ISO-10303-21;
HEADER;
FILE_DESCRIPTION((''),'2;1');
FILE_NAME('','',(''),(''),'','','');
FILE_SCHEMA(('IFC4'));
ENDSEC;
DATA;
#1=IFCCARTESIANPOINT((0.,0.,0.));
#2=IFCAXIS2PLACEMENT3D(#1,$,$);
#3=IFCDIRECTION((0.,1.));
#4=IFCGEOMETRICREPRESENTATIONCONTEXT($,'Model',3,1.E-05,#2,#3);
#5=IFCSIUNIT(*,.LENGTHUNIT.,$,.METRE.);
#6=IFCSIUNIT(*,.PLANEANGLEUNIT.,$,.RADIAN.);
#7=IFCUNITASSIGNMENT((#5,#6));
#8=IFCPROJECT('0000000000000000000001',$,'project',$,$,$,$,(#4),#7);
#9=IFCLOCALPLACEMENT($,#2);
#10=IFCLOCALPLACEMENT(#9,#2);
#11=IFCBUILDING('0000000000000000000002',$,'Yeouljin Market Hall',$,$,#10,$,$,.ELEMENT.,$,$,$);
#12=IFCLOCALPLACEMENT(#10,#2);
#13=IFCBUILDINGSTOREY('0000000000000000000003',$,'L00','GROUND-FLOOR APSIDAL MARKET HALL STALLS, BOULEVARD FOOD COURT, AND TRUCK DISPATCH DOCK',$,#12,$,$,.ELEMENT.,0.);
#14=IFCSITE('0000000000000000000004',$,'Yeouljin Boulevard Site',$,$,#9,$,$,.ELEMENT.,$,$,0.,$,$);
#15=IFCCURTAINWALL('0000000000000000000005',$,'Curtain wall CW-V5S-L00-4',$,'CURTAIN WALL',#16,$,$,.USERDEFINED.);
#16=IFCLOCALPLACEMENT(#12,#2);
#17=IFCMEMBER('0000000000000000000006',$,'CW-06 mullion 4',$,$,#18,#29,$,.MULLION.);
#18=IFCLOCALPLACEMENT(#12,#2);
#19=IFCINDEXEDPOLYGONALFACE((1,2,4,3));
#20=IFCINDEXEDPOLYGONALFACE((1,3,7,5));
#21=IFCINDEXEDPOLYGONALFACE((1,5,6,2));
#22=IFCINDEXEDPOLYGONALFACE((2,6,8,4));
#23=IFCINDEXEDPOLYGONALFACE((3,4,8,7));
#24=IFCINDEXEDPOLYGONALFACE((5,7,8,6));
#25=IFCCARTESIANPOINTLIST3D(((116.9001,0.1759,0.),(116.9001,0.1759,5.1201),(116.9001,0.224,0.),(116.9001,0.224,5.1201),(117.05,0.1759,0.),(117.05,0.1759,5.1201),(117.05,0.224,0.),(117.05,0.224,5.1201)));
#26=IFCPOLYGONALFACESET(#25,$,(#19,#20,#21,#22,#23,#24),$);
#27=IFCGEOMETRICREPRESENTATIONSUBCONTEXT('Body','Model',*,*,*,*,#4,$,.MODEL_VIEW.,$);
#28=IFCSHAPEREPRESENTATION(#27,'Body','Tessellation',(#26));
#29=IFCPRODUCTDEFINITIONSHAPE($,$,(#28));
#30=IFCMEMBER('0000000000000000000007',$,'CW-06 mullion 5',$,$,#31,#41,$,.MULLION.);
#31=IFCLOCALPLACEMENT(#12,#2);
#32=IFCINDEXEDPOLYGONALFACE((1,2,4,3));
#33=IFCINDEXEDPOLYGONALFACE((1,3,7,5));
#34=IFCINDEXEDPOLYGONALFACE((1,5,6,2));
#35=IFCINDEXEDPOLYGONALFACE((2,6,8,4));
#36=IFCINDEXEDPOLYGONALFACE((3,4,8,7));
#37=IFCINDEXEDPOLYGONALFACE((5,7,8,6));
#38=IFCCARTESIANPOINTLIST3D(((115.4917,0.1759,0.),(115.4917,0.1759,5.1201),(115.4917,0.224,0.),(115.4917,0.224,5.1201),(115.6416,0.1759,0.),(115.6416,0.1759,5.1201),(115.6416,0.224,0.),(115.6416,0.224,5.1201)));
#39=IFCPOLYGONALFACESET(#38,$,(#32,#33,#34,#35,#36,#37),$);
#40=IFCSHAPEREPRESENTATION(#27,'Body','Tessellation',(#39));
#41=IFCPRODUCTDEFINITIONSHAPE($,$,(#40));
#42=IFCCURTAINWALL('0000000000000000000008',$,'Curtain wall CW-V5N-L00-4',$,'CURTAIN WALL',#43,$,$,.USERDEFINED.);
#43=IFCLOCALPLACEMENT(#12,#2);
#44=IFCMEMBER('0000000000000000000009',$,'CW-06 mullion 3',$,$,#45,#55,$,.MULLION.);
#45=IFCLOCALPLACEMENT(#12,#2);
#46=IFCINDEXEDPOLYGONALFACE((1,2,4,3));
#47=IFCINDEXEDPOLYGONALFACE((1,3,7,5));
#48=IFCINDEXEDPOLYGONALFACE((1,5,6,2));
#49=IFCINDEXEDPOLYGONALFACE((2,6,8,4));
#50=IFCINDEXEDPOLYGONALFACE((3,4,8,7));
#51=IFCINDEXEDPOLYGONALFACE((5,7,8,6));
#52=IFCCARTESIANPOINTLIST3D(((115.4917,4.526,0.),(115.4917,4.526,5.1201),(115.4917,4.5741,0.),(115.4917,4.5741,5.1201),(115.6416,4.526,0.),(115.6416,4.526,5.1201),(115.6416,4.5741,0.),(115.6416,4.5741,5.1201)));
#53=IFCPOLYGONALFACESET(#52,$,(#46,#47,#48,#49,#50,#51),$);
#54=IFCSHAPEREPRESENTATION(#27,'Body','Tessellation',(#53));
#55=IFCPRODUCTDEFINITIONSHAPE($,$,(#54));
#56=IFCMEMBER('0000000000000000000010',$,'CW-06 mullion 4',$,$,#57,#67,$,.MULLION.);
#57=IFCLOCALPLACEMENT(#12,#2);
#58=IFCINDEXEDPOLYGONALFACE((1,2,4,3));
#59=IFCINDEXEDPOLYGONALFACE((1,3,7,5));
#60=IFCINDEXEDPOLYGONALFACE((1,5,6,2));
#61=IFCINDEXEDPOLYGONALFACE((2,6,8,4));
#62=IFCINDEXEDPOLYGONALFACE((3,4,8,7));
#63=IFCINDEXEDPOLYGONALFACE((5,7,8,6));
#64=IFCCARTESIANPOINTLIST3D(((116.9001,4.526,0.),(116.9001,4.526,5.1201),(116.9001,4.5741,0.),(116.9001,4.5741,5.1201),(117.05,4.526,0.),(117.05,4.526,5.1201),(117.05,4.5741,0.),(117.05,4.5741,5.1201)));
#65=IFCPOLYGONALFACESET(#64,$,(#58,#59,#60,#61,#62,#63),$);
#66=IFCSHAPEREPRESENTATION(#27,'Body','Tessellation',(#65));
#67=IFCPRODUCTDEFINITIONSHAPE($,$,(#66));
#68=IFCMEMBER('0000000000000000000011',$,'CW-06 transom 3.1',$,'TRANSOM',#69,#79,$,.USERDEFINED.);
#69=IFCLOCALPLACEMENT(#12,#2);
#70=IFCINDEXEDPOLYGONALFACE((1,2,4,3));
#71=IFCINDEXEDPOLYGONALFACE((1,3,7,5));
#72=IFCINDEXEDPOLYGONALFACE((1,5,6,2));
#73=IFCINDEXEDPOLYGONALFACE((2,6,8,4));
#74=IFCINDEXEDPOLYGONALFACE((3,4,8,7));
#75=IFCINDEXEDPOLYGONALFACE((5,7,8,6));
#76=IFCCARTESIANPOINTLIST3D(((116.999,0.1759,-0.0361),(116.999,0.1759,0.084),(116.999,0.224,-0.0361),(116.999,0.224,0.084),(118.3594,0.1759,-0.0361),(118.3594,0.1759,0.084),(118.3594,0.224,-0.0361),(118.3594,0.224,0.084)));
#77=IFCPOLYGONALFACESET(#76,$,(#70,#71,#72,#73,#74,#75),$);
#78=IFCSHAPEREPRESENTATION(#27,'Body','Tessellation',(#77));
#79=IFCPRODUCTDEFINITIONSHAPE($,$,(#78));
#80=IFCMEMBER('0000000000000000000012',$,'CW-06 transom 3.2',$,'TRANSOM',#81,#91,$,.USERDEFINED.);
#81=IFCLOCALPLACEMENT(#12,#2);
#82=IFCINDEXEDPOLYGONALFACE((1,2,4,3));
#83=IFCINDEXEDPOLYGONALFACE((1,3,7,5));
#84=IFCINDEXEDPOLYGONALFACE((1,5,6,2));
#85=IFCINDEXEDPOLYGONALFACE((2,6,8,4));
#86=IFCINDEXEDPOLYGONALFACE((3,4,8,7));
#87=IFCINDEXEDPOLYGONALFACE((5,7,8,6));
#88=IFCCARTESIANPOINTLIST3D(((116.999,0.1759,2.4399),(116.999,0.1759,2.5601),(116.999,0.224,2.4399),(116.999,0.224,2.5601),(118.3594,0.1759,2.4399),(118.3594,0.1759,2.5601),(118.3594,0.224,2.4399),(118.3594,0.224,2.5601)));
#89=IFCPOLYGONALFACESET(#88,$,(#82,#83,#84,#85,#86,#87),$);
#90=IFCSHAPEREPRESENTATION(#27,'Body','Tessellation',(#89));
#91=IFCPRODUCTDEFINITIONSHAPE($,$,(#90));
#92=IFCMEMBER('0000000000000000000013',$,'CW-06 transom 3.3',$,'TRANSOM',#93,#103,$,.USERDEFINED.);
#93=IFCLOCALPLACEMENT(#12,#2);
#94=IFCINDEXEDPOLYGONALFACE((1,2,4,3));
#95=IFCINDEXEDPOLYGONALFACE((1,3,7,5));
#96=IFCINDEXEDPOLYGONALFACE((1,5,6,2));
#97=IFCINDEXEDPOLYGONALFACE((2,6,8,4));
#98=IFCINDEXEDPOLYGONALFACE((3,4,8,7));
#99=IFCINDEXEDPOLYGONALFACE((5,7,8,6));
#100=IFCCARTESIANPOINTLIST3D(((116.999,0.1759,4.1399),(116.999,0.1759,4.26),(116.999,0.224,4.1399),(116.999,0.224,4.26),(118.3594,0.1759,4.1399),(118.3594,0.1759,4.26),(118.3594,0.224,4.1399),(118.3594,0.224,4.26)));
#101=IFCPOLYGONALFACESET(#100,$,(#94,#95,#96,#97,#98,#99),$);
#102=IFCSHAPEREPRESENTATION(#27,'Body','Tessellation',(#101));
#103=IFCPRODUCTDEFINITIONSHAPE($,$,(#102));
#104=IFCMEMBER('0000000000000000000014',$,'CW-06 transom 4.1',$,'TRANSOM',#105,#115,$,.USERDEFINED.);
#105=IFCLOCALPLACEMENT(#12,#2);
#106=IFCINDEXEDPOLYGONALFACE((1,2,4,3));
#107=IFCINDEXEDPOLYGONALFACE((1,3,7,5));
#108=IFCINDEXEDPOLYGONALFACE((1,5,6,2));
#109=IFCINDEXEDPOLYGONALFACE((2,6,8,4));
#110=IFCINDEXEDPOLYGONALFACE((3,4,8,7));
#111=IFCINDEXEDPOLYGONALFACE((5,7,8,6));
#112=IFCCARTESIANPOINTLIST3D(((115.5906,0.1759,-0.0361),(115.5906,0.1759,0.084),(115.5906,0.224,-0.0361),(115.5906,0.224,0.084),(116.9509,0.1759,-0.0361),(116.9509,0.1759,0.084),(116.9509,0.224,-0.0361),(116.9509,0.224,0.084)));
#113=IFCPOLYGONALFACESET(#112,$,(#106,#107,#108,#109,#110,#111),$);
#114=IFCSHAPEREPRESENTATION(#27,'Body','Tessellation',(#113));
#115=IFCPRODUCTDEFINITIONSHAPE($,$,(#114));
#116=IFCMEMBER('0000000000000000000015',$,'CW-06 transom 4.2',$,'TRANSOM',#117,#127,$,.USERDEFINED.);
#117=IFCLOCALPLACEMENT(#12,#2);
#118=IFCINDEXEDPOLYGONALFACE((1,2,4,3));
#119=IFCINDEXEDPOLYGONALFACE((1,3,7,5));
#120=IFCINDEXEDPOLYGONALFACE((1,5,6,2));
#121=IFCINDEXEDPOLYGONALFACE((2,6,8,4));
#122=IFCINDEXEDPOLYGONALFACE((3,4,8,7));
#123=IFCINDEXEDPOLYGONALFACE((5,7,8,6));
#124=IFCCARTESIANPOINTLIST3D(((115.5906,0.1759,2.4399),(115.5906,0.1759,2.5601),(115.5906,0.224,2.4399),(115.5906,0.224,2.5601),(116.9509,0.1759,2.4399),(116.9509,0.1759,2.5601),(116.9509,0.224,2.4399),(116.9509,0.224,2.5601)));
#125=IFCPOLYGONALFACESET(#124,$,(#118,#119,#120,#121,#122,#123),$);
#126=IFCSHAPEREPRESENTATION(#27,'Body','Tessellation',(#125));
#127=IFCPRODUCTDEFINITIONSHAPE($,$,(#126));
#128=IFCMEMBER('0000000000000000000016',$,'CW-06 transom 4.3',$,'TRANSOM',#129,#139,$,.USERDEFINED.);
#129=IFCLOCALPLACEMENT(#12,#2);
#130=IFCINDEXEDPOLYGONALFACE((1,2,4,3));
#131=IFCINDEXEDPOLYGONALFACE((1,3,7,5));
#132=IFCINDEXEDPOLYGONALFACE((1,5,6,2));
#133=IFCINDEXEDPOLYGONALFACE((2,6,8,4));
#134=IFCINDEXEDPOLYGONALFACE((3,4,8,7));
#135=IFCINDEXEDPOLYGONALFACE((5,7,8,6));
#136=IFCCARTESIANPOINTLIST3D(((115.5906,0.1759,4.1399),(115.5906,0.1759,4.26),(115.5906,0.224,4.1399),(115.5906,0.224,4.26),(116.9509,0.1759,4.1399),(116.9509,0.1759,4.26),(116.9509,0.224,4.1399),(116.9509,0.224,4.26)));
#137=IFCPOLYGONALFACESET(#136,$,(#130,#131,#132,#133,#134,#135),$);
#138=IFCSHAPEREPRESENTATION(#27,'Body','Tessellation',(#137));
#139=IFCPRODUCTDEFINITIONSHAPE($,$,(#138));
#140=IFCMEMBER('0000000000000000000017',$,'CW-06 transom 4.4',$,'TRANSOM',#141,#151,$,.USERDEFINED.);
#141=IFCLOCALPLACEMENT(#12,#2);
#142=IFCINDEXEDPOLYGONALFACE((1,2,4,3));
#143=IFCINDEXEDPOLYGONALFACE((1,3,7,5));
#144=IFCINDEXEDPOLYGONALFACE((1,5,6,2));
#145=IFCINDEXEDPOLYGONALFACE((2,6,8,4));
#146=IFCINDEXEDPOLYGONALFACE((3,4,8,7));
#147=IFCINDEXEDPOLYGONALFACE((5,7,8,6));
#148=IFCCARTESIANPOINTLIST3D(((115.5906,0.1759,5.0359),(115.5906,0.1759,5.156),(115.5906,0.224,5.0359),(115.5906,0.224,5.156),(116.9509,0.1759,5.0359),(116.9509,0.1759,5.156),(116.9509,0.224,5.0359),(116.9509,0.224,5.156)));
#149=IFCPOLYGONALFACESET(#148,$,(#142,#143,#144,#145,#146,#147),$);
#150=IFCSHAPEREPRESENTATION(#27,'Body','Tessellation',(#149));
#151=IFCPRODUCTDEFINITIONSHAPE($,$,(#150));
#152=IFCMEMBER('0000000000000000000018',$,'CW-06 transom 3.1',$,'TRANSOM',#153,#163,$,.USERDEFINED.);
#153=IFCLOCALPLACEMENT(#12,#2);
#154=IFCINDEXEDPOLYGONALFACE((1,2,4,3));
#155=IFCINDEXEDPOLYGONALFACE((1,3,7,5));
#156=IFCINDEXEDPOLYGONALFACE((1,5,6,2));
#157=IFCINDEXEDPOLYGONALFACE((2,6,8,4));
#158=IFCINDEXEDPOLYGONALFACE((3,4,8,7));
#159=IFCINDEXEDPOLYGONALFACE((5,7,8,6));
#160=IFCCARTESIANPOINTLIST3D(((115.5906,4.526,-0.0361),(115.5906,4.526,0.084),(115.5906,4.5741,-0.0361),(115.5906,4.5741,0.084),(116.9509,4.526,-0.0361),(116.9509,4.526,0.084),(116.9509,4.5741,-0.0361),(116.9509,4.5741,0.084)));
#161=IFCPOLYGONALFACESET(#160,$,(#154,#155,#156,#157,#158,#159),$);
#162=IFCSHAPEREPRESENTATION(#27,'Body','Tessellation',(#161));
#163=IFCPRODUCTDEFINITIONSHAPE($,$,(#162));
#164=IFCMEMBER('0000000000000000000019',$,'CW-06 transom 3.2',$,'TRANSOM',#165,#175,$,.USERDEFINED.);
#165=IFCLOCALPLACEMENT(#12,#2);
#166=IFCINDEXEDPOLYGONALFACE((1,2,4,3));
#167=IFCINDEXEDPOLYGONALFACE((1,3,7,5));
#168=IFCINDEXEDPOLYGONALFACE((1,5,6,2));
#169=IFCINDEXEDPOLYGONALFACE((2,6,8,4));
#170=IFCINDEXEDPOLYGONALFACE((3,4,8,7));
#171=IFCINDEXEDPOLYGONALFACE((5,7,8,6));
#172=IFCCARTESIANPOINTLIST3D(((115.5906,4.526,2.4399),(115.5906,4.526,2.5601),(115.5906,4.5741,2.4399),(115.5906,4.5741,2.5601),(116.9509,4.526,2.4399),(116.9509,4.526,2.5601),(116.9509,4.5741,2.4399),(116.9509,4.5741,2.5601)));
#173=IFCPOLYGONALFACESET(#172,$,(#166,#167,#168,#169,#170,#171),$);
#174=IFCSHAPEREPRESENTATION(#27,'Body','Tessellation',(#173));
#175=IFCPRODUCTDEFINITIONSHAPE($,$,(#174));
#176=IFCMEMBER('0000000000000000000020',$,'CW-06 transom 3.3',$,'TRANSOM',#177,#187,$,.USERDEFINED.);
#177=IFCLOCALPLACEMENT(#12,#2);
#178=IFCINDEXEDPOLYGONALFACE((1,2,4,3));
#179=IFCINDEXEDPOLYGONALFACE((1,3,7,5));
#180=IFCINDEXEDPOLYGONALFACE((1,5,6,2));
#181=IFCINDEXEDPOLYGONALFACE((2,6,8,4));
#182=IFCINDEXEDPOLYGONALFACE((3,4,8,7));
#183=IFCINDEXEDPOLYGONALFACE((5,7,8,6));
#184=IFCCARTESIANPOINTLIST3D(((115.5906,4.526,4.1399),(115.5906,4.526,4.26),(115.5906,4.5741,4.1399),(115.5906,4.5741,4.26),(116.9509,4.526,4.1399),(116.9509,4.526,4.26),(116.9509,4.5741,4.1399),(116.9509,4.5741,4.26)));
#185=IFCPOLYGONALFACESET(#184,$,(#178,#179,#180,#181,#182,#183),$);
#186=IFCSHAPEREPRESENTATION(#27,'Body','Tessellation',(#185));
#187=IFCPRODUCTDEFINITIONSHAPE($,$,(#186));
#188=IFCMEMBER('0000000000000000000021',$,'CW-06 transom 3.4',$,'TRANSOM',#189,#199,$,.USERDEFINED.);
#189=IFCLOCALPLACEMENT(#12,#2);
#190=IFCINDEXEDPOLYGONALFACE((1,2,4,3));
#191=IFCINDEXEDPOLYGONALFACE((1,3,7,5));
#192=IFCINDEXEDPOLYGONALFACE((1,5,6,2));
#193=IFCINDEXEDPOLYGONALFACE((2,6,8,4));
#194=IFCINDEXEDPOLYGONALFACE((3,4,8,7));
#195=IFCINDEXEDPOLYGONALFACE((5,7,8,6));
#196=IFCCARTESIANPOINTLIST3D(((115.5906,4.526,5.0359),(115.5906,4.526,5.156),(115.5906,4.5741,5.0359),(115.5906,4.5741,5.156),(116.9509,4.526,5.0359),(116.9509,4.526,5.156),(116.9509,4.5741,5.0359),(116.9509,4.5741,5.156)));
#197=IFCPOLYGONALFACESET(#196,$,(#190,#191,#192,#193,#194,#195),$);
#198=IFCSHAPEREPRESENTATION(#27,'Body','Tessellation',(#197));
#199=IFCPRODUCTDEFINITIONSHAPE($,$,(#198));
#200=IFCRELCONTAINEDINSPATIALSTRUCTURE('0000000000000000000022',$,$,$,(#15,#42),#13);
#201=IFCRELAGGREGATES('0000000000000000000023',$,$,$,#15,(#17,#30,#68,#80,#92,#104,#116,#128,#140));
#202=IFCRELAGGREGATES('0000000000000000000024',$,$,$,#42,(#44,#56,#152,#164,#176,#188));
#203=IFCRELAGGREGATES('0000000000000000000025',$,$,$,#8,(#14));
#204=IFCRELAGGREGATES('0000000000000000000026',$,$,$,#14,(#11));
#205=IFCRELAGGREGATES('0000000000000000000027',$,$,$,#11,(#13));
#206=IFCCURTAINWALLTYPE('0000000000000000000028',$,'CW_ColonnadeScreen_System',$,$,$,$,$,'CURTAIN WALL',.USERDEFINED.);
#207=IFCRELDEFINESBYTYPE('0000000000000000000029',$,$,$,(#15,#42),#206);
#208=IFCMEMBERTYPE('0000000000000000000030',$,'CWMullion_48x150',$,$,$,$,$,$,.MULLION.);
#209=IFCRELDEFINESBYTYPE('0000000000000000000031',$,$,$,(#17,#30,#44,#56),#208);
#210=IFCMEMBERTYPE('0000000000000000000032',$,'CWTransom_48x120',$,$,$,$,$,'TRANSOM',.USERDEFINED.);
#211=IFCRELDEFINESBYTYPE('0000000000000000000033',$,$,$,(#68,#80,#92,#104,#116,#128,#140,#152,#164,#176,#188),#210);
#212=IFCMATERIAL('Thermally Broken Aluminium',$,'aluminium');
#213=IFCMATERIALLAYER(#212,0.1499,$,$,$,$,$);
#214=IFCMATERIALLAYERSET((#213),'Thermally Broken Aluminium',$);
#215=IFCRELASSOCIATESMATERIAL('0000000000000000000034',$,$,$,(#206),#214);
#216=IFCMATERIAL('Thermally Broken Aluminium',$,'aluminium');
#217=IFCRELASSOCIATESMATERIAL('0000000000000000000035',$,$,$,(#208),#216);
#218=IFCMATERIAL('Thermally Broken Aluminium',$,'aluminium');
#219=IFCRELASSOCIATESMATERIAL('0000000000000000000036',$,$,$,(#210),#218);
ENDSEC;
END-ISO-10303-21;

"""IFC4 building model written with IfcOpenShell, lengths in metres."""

from ifc_helpers import new_model, si_unit, direction, frame, origin, origin_2d, place, context, subcontext, project, spatial, rectangle, extrude, material, layer, layer_set, material_profile, profile_set, type_object, element, aggregate, save


model = new_model("IFC4")

# Units and contexts
model_context = context("Model", 3, precision=1e-05, world=origin(), true_north=direction((0.0, 1.0)))
body_context = subcontext(model_context, "Body", "Model", "MODEL_VIEW")
ifc_project = project(units=[si_unit("LENGTHUNIT", "METRE"), si_unit("PLANEANGLEUNIT", "RADIAN")], contexts=[model_context])

# Site, building, storey
site_placement = place(None, origin())
site = spatial("IfcSite", under=ifc_project, at=site_placement, Name="Yeouljin Boulevard Site", CompositionType="ELEMENT", RefElevation=0.0)
building_placement = place(site_placement, origin())
building = spatial("IfcBuilding", under=site, at=building_placement, Name="Yeouljin Market Hall", CompositionType="ELEMENT")
storey_placement = place(building_placement, origin())
storey = spatial("IfcBuildingStorey", under=building, at=storey_placement, Name="L00", Description="GROUND-FLOOR APSIDAL MARKET HALL STALLS, BOULEVARD FOOD COURT, AND TRUCK DISPATCH DOCK", CompositionType="ELEMENT", Elevation=0.0)

# Curtain walls, members
ifc_material_1 = material(Name="Thermally Broken Aluminium", Category="aluminium")
ifc_layer_1 = layer(ifc_material_1, 0.1499)
ifc_layer_set_1 = layer_set([ifc_layer_1], Name="Thermally Broken Aluminium")
curtain_wall_type = type_object("IfcCurtainWallType", Name="CW_ColonnadeScreen_System", ElementType="CURTAIN WALL", PredefinedType="USERDEFINED", material=ifc_layer_set_1)
curtain_wall_1_placement = place(storey_placement, origin())
curtain_wall_1 = element("IfcCurtainWall", 1, at=curtain_wall_1_placement, inside=storey, type_object=curtain_wall_type, Name="Curtain wall CW-V5S-L00-4", ObjectType="CURTAIN WALL", PredefinedType="USERDEFINED")
ifc_material_2 = material(Name="Thermally Broken Aluminium", Category="aluminium")
ifc_material_profile_1 = material_profile(ifc_material_2, rectangle(XDim=0.0481, YDim=0.1499, at=origin_2d()), Name="CW-MULL-48x150")
ifc_profile_set_1 = profile_set([ifc_material_profile_1], Name="Thermally Broken Aluminium")
member_type_1 = type_object("IfcMemberType", Name="CWMullion_48x150", PredefinedType="MULLION", material=ifc_profile_set_1)
member_1_placement = place(storey_placement, frame((116.9751, 0.2, 0.0), z_axis=(0.0, 0.0, 1.0), x_axis=(0.0, -1.0, 0.0)))
member_1 = element("IfcMember", 2, at=member_1_placement, type_object=member_type_1, Name="CW-06 mullion 4", PredefinedType="MULLION", context=body_context, shape_type="SweptSolid", body=[
    extrude(rectangle(XDim=0.0481, YDim=0.1499, at=origin_2d()), origin(), (0.0, 0.0, 1.0), 5.1201),
])
member_2_placement = place(storey_placement, frame((115.5667, 0.2, 0.0), z_axis=(0.0, 0.0, 1.0), x_axis=(0.0, -1.0, 0.0)))
member_2 = element("IfcMember", 3, at=member_2_placement, type_object=member_type_1, Name="CW-06 mullion 5", PredefinedType="MULLION", context=body_context, shape_type="SweptSolid", body=[
    extrude(rectangle(XDim=0.0481, YDim=0.1499, at=origin_2d()), origin(), (0.0, 0.0, 1.0), 5.1201),
])
curtain_wall_2_placement = place(storey_placement, origin())
curtain_wall_2 = element("IfcCurtainWall", 4, at=curtain_wall_2_placement, inside=storey, type_object=curtain_wall_type, Name="Curtain wall CW-V5N-L00-4", ObjectType="CURTAIN WALL", PredefinedType="USERDEFINED")
member_3_placement = place(storey_placement, frame((115.5667, 4.55, 0.0), z_axis=(0.0, 0.0, 1.0), x_axis=(0.0, 1.0, 0.0)))
member_3 = element("IfcMember", 5, at=member_3_placement, type_object=member_type_1, Name="CW-06 mullion 3", PredefinedType="MULLION", context=body_context, shape_type="SweptSolid", body=[
    extrude(rectangle(XDim=0.0481, YDim=0.1499, at=origin_2d()), origin(), (0.0, 0.0, 1.0), 5.1201),
])
member_4_placement = place(storey_placement, frame((116.9751, 4.55, 0.0), z_axis=(0.0, 0.0, 1.0), x_axis=(0.0, 1.0, 0.0)))
member_4 = element("IfcMember", 6, at=member_4_placement, type_object=member_type_1, Name="CW-06 mullion 4", PredefinedType="MULLION", context=body_context, shape_type="SweptSolid", body=[
    extrude(rectangle(XDim=0.0481, YDim=0.1499, at=origin_2d()), origin(), (0.0, 0.0, 1.0), 5.1201),
])

# Members
ifc_material_3 = material(Name="Thermally Broken Aluminium", Category="aluminium")
ifc_material_profile_2 = material_profile(ifc_material_3, rectangle(XDim=0.0481, YDim=0.1201, at=origin_2d()), Name="CW-TRAN-48x120")
ifc_profile_set_2 = profile_set([ifc_material_profile_2], Name="Thermally Broken Aluminium")
member_type_2 = type_object("IfcMemberType", Name="CWTransom_48x120", ElementType="TRANSOM", PredefinedType="USERDEFINED", material=ifc_profile_set_2)
member_5_placement = place(storey_placement, frame((118.3594, 0.2, 0.0239), z_axis=(-1.0, 0.0, 0.0), x_axis=(0.0, -1.0, 0.0)))
member_5 = element("IfcMember", 7, at=member_5_placement, type_object=member_type_2, Name="CW-06 transom 3.1", ObjectType="TRANSOM", PredefinedType="USERDEFINED", context=body_context, shape_type="SweptSolid", body=[
    extrude(rectangle(XDim=0.0481, YDim=0.1201, at=origin_2d()), origin(), (0.0, 0.0, 1.0), 1.3604),
])
member_6_placement = place(storey_placement, frame((118.3594, 0.2, 2.5), z_axis=(-1.0, 0.0, 0.0), x_axis=(0.0, -1.0, 0.0)))
member_6 = element("IfcMember", 8, at=member_6_placement, type_object=member_type_2, Name="CW-06 transom 3.2", ObjectType="TRANSOM", PredefinedType="USERDEFINED", context=body_context, shape_type="SweptSolid", body=[
    extrude(rectangle(XDim=0.0481, YDim=0.1201, at=origin_2d()), origin(), (0.0, 0.0, 1.0), 1.3604),
])
member_7_placement = place(storey_placement, frame((118.3594, 0.2, 4.2), z_axis=(-1.0, 0.0, 0.0), x_axis=(0.0, -1.0, 0.0)))
member_7 = element("IfcMember", 9, at=member_7_placement, type_object=member_type_2, Name="CW-06 transom 3.3", ObjectType="TRANSOM", PredefinedType="USERDEFINED", context=body_context, shape_type="SweptSolid", body=[
    extrude(rectangle(XDim=0.0481, YDim=0.1201, at=origin_2d()), origin(), (0.0, 0.0, 1.0), 1.3604),
])
member_8_placement = place(storey_placement, frame((116.9509, 0.2, 0.0239), z_axis=(-1.0, 0.0, 0.0), x_axis=(0.0, -1.0, 0.0)))
member_8 = element("IfcMember", 10, at=member_8_placement, type_object=member_type_2, Name="CW-06 transom 4.1", ObjectType="TRANSOM", PredefinedType="USERDEFINED", context=body_context, shape_type="SweptSolid", body=[
    extrude(rectangle(XDim=0.0481, YDim=0.1201, at=origin_2d()), origin(), (0.0, 0.0, 1.0), 1.3604),
])
member_9_placement = place(storey_placement, frame((116.9509, 0.2, 2.5), z_axis=(-1.0, 0.0, 0.0), x_axis=(0.0, -1.0, 0.0)))
member_9 = element("IfcMember", 11, at=member_9_placement, type_object=member_type_2, Name="CW-06 transom 4.2", ObjectType="TRANSOM", PredefinedType="USERDEFINED", context=body_context, shape_type="SweptSolid", body=[
    extrude(rectangle(XDim=0.0481, YDim=0.1201, at=origin_2d()), origin(), (0.0, 0.0, 1.0), 1.3604),
])
member_10_placement = place(storey_placement, frame((116.9509, 0.2, 4.2), z_axis=(-1.0, 0.0, 0.0), x_axis=(0.0, -1.0, 0.0)))
member_10 = element("IfcMember", 12, at=member_10_placement, type_object=member_type_2, Name="CW-06 transom 4.3", ObjectType="TRANSOM", PredefinedType="USERDEFINED", context=body_context, shape_type="SweptSolid", body=[
    extrude(rectangle(XDim=0.0481, YDim=0.1201, at=origin_2d()), origin(), (0.0, 0.0, 1.0), 1.3604),
])
member_11_placement = place(storey_placement, frame((116.9509, 0.2, 5.0959), z_axis=(-1.0, 0.0, 0.0), x_axis=(0.0, -1.0, 0.0)))
member_11 = element("IfcMember", 13, at=member_11_placement, type_object=member_type_2, Name="CW-06 transom 4.4", ObjectType="TRANSOM", PredefinedType="USERDEFINED", context=body_context, shape_type="SweptSolid", body=[
    extrude(rectangle(XDim=0.0481, YDim=0.1201, at=origin_2d()), origin(), (0.0, 0.0, 1.0), 1.3604),
])
member_12_placement = place(storey_placement, frame((115.5906, 4.55, 0.0239), z_axis=(1.0, 0.0, 0.0), x_axis=(0.0, 1.0, 0.0)))
member_12 = element("IfcMember", 14, at=member_12_placement, type_object=member_type_2, Name="CW-06 transom 3.1", ObjectType="TRANSOM", PredefinedType="USERDEFINED", context=body_context, shape_type="SweptSolid", body=[
    extrude(rectangle(XDim=0.0481, YDim=0.1201, at=origin_2d()), origin(), (0.0, 0.0, 1.0), 1.3604),
])
member_13_placement = place(storey_placement, frame((115.5906, 4.55, 2.5), z_axis=(1.0, 0.0, 0.0), x_axis=(0.0, 1.0, 0.0)))
member_13 = element("IfcMember", 15, at=member_13_placement, type_object=member_type_2, Name="CW-06 transom 3.2", ObjectType="TRANSOM", PredefinedType="USERDEFINED", context=body_context, shape_type="SweptSolid", body=[
    extrude(rectangle(XDim=0.0481, YDim=0.1201, at=origin_2d()), origin(), (0.0, 0.0, 1.0), 1.3604),
])
member_14_placement = place(storey_placement, frame((115.5906, 4.55, 4.2), z_axis=(1.0, 0.0, 0.0), x_axis=(0.0, 1.0, 0.0)))
member_14 = element("IfcMember", 16, at=member_14_placement, type_object=member_type_2, Name="CW-06 transom 3.3", ObjectType="TRANSOM", PredefinedType="USERDEFINED", context=body_context, shape_type="SweptSolid", body=[
    extrude(rectangle(XDim=0.0481, YDim=0.1201, at=origin_2d()), origin(), (0.0, 0.0, 1.0), 1.3604),
])
member_15_placement = place(storey_placement, frame((115.5906, 4.55, 5.0959), z_axis=(1.0, 0.0, 0.0), x_axis=(0.0, 1.0, 0.0)))
member_15 = element("IfcMember", 17, at=member_15_placement, type_object=member_type_2, Name="CW-06 transom 3.4", ObjectType="TRANSOM", PredefinedType="USERDEFINED", context=body_context, shape_type="SweptSolid", body=[
    extrude(rectangle(XDim=0.0481, YDim=0.1201, at=origin_2d()), origin(), (0.0, 0.0, 1.0), 1.3604),
])

aggregate(curtain_wall_1, [member_1, member_2, member_5, member_6, member_7, member_8, member_9, member_10, member_11])
aggregate(curtain_wall_2, [member_3, member_4, member_12, member_13, member_14, member_15])

save(model, "model.ifc")
